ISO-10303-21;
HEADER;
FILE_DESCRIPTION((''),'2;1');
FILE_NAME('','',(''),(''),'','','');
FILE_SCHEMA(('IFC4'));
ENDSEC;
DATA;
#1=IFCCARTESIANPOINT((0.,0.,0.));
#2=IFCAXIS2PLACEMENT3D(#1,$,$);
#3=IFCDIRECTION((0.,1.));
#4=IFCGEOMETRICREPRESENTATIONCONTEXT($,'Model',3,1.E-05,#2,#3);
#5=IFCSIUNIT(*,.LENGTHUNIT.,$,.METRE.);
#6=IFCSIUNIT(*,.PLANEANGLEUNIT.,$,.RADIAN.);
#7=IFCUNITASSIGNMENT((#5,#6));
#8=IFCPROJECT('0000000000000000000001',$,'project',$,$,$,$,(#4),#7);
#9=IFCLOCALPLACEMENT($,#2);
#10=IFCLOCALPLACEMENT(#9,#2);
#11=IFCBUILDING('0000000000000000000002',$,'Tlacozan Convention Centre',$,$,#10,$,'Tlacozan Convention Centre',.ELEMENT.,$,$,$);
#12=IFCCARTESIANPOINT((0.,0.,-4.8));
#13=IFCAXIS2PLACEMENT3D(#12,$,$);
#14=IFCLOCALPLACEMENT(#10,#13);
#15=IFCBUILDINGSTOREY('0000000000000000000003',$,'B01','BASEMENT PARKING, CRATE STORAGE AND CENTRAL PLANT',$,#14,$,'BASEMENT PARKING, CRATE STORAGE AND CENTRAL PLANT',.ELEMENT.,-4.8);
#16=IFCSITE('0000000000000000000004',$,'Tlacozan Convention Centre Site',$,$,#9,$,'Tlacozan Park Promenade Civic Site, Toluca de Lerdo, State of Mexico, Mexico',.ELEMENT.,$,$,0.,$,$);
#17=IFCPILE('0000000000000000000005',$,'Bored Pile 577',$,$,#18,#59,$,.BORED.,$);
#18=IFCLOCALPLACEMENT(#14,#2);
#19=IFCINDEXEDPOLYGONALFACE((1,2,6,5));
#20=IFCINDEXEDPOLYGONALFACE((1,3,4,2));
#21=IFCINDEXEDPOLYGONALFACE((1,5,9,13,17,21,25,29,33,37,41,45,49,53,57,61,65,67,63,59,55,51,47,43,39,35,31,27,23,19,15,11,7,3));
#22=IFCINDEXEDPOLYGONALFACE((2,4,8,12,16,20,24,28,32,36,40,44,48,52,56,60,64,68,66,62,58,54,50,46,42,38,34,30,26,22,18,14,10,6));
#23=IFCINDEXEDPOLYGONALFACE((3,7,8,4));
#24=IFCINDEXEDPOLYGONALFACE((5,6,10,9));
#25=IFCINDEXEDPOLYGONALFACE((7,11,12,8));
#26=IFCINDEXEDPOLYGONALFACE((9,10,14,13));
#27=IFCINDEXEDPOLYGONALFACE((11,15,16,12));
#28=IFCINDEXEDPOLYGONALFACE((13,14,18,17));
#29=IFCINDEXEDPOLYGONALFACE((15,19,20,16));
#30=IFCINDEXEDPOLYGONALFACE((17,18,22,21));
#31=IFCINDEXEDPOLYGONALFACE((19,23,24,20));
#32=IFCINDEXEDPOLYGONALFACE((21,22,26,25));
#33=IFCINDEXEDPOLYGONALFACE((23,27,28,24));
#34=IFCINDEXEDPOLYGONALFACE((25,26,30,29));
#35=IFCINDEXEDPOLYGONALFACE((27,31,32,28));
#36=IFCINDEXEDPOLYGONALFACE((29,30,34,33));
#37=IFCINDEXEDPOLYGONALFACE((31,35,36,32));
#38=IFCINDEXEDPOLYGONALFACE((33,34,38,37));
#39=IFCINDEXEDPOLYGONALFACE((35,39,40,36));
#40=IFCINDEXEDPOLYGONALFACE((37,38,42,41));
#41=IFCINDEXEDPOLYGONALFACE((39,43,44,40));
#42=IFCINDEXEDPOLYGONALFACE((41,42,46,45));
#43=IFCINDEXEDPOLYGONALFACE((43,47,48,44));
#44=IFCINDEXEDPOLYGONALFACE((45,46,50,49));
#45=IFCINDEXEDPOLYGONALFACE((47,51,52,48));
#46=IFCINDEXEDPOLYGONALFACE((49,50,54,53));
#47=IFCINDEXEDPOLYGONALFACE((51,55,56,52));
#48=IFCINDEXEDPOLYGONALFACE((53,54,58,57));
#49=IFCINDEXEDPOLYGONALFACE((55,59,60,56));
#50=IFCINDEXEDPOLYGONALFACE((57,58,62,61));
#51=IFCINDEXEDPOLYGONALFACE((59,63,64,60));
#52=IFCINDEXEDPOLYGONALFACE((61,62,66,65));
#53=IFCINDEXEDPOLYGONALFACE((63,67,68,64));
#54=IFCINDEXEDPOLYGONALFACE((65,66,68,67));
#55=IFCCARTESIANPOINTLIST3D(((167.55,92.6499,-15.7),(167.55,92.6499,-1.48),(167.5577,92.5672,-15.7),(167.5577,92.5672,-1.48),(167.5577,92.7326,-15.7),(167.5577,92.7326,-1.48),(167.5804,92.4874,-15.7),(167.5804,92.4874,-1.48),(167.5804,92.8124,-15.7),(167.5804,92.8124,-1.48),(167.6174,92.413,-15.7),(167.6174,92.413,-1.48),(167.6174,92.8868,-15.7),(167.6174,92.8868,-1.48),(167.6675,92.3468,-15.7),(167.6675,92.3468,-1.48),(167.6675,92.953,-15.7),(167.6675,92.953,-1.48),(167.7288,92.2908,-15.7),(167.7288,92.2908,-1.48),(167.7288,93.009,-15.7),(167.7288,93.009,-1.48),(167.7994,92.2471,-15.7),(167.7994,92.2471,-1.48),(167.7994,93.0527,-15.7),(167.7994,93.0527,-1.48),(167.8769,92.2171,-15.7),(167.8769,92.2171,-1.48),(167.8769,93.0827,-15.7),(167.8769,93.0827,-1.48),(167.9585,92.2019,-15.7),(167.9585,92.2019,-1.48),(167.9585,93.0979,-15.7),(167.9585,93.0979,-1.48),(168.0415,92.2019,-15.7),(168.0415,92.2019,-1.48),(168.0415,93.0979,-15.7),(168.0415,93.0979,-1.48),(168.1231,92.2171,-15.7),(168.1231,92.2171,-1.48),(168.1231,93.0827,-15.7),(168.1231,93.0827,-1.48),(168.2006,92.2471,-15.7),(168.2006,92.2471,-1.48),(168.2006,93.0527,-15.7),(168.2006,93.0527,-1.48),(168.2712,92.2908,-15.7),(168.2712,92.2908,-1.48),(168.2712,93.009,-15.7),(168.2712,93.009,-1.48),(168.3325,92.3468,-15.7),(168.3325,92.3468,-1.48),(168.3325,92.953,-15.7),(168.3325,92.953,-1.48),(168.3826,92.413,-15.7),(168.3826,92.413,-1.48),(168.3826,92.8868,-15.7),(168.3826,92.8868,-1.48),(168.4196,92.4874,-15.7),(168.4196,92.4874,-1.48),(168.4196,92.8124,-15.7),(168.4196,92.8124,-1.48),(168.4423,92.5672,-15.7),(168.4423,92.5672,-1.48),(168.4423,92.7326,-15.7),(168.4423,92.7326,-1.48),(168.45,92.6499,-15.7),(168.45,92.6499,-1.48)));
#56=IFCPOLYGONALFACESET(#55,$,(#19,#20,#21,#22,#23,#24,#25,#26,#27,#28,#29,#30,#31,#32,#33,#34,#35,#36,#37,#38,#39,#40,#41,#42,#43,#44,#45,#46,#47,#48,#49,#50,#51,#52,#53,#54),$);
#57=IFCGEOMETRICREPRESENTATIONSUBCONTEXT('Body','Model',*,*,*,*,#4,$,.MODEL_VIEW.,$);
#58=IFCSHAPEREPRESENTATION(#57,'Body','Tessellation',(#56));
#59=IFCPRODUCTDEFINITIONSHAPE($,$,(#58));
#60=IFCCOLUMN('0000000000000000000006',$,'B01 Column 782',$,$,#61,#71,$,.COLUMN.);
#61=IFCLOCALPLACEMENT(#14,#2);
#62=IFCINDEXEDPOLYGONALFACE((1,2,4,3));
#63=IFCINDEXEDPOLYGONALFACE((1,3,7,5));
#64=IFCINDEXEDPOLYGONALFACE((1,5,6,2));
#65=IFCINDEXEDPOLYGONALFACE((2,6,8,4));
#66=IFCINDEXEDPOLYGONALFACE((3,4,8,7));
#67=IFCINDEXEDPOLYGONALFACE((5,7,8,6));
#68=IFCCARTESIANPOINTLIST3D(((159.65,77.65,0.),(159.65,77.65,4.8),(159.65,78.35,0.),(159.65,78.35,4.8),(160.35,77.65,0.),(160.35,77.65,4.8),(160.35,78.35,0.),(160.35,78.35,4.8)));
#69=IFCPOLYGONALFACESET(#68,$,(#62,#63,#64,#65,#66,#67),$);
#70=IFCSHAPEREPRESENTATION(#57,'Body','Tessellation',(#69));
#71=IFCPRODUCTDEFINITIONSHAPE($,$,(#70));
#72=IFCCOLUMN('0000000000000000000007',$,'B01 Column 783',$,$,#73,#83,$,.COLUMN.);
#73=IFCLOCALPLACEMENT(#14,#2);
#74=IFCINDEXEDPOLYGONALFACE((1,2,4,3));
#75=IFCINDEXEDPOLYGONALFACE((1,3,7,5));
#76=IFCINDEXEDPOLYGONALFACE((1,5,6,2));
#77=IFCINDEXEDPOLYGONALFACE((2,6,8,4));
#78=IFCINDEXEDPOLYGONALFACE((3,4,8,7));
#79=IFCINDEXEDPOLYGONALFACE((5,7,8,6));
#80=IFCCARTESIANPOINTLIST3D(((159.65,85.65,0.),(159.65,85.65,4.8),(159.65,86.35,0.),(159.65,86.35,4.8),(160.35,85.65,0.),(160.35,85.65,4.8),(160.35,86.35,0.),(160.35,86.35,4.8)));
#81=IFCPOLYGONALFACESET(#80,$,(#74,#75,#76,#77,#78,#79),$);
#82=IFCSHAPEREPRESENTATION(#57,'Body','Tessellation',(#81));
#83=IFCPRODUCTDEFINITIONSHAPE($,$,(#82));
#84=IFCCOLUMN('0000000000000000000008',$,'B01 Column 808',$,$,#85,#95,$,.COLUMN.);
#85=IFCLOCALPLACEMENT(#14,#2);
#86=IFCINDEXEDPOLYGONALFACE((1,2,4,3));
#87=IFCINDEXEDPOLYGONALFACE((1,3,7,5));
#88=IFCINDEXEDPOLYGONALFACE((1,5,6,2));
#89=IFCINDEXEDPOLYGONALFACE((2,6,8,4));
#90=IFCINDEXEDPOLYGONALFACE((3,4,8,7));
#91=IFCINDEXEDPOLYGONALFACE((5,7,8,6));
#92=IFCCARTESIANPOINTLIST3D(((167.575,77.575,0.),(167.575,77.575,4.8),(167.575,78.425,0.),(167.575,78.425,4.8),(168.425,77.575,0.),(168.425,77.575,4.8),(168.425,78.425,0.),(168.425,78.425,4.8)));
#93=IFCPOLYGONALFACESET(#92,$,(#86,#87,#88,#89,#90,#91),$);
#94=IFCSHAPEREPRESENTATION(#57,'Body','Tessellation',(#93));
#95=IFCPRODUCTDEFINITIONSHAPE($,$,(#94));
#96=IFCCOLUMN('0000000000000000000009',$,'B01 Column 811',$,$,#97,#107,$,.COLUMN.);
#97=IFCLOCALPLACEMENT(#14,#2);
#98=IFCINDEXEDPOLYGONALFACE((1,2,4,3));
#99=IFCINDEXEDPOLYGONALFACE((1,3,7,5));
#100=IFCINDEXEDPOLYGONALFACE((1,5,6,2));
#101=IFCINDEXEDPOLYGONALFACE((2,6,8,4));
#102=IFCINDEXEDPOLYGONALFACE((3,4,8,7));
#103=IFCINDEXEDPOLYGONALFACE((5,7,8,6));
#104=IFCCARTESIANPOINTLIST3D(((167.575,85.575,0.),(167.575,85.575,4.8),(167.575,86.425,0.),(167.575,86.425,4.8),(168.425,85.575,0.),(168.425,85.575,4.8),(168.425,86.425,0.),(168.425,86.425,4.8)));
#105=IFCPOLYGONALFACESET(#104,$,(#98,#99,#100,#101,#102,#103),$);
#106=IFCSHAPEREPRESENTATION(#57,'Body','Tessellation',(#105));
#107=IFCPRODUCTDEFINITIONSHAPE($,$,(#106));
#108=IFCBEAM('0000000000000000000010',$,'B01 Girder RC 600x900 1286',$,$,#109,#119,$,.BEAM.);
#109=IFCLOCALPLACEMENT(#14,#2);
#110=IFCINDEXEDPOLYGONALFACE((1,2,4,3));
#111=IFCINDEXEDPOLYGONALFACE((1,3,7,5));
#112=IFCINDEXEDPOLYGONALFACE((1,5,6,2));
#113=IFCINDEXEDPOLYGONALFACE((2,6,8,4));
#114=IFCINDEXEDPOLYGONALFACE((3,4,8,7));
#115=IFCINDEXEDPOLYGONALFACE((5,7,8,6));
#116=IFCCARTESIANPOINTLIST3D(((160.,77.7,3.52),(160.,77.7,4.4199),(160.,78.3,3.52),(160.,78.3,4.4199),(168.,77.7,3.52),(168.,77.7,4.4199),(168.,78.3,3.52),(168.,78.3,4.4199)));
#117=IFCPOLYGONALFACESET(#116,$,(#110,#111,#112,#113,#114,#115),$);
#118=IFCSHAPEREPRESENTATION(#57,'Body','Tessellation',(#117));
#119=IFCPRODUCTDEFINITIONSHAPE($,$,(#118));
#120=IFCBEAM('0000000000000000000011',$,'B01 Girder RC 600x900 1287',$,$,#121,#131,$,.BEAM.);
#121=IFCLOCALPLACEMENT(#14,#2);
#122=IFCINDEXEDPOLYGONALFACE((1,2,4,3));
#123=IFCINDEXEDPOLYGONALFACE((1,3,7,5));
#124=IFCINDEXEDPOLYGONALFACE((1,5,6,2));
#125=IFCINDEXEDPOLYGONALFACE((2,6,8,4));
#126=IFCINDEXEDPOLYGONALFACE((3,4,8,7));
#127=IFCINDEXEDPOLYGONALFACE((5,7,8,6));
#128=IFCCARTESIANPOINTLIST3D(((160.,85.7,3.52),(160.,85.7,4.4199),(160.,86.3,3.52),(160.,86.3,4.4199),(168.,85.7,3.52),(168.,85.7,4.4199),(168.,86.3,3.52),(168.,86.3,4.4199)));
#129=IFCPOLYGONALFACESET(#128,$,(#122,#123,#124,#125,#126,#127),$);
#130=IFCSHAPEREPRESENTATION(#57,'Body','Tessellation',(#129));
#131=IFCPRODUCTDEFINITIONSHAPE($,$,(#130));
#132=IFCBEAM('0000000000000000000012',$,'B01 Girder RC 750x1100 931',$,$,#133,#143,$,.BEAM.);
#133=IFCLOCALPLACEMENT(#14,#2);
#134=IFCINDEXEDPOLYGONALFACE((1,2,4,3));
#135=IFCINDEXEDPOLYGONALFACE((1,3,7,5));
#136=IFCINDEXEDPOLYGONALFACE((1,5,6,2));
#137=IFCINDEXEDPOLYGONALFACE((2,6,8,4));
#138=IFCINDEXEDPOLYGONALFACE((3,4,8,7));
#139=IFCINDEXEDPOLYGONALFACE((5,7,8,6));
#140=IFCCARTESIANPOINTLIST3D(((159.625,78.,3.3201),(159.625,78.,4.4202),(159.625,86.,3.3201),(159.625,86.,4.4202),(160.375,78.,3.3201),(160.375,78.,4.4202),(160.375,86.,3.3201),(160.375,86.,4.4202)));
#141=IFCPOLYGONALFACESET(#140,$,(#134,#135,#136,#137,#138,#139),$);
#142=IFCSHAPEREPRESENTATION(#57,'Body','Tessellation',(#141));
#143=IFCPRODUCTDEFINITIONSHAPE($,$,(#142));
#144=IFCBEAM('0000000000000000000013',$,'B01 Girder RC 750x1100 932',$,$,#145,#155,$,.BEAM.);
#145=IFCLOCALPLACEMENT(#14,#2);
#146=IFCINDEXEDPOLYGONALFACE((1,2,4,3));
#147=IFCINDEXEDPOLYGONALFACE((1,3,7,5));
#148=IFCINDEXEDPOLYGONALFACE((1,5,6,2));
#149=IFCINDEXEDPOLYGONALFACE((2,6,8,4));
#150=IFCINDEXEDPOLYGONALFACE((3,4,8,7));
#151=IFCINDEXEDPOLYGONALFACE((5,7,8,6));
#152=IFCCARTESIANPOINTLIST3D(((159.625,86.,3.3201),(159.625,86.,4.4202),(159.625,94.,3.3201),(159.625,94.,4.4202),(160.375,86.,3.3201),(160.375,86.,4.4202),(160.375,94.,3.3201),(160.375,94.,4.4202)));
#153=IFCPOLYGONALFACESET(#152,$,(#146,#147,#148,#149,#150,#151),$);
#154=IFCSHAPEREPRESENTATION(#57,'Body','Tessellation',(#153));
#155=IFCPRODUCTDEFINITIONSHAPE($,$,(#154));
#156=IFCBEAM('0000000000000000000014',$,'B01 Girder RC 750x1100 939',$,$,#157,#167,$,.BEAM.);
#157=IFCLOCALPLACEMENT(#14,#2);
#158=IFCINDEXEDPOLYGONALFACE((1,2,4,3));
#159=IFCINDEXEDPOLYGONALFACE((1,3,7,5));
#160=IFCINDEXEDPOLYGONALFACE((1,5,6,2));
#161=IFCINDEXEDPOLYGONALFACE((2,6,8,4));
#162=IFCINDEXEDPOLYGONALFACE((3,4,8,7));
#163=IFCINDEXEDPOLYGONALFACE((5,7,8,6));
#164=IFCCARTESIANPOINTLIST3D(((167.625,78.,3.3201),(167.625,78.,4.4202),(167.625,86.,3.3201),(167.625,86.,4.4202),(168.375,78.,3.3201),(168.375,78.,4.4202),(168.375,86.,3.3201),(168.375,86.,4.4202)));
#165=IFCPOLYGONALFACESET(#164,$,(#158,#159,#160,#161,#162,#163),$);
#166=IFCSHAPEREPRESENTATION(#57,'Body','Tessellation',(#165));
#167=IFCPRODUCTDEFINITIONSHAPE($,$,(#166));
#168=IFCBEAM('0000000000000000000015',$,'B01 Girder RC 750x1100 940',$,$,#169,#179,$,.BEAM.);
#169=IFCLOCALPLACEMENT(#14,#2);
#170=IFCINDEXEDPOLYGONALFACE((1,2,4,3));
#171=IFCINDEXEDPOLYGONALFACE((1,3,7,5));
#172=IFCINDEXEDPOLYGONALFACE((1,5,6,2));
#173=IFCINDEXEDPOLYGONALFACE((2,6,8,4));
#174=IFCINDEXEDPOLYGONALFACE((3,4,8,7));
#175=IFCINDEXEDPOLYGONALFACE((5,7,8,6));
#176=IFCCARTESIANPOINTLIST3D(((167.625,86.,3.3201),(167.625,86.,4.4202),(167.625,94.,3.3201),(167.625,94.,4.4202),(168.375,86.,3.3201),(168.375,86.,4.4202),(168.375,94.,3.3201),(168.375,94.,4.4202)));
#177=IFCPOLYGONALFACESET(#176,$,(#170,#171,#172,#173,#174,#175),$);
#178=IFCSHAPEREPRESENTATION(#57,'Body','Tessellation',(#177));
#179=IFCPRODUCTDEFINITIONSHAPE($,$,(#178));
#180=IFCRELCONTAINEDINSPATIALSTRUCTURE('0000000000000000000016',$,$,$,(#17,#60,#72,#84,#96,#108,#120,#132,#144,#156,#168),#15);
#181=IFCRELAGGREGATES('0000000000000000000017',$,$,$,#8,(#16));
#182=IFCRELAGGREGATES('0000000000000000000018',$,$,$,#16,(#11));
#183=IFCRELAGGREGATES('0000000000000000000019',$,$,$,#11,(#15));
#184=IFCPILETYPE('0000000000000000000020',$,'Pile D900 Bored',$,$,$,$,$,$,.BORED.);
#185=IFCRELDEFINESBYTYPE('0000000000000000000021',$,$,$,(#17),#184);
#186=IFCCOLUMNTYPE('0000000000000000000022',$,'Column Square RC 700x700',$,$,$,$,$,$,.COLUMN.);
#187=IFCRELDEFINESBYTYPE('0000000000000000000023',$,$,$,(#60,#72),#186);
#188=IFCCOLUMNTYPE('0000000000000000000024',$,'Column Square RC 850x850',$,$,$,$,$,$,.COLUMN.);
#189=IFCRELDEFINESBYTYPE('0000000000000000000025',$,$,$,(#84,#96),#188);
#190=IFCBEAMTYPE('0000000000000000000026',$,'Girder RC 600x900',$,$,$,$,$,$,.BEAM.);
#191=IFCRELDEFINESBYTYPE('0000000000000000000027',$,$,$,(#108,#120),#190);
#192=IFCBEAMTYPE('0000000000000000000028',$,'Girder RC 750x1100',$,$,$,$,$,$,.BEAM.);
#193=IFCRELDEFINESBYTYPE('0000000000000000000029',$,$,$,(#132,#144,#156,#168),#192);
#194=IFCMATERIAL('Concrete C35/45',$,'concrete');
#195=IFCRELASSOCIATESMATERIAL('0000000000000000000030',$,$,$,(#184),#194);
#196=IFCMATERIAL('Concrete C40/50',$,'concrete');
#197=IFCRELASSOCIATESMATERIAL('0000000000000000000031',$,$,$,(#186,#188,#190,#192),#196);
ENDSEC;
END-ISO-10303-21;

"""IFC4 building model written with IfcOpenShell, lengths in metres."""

from ifc_helpers import new_model, si_unit, direction, frame, origin, origin_2d, place, context, subcontext, project, spatial, rectangle, circle, extrude, material, material_profile, profile_set, type_object, element, save


model = new_model("IFC4")

# Units and contexts
model_context = context("Model", 3, precision=1e-05, world=origin(), true_north=direction((0.0, 1.0)))
body_context = subcontext(model_context, "Body", "Model", "MODEL_VIEW")
ifc_project = project(units=[si_unit("LENGTHUNIT", "METRE"), si_unit("PLANEANGLEUNIT", "RADIAN")], contexts=[model_context])

# Site, building, storey
site_placement = place(None, origin())
site = spatial("IfcSite", under=ifc_project, at=site_placement, Name="Tlacozan Convention Centre Site", LongName="Tlacozan Park Promenade Civic Site, Toluca de Lerdo, State of Mexico, Mexico", CompositionType="ELEMENT", RefElevation=0.0)
building_placement = place(site_placement, origin())
building = spatial("IfcBuilding", under=site, at=building_placement, Name="Tlacozan Convention Centre", LongName="Tlacozan Convention Centre", CompositionType="ELEMENT")
storey_placement = place(building_placement, frame((0.0, 0.0, -4.8)))
storey = spatial("IfcBuildingStorey", under=building, at=storey_placement, Name="B01", Description="BASEMENT PARKING, CRATE STORAGE AND CENTRAL PLANT", LongName="BASEMENT PARKING, CRATE STORAGE AND CENTRAL PLANT", CompositionType="ELEMENT", Elevation=-4.8)

# Shared definitions
ifc_material_1 = material(Name="Concrete C35/45", Category="concrete")

# Pile
ifc_material_profile_1 = material_profile(ifc_material_1, circle(Radius=0.45, at=origin_2d()), Name="PILE D900")
ifc_profile_set_1 = profile_set([ifc_material_profile_1], Name="Concrete C35/45")
pile_type_1 = type_object("IfcPileType", Name="Pile D900 Bored", PredefinedType="BORED", material=ifc_profile_set_1)
for number, where, z_axis, x_axis, name in (
    (1, (168.0, 92.6499, -1.48), (0.0, 0.0, -1.0), (1.0, 0.0, 0.0), "Bored Pile 577"),
):
    element("IfcPile", number, at=place(storey_placement, frame(where, z_axis=z_axis, x_axis=x_axis)), inside=storey, type_object=pile_type_1, Name=name, PredefinedType="BORED", context=body_context, shape_type="SweptSolid", body=[
        extrude(circle(Radius=0.45, at=origin_2d()), origin(), (0.0, 0.0, 1.0), 14.22),
    ])

# Columns
ifc_material_2 = material(Name="Concrete C40/50", Category="concrete")
ifc_material_profile_2 = material_profile(ifc_material_2, rectangle(XDim=0.7, YDim=0.7, at=origin_2d()), Name="RC 700x700")
ifc_profile_set_2 = profile_set([ifc_material_profile_2], Name="Concrete C40/50")
column_type_1 = type_object("IfcColumnType", Name="Column Square RC 700x700", PredefinedType="COLUMN", material=ifc_profile_set_2)
for number, where, z_axis, x_axis, name in (
    (2, (160.0, 78.0, 0.0), (0.0, 0.0, 1.0), (1.0, 0.0, 0.0), "B01 Column 782"),
    (3, (160.0, 86.0, 0.0), (0.0, 0.0, 1.0), (1.0, 0.0, 0.0), "B01 Column 783"),
):
    element("IfcColumn", number, at=place(storey_placement, frame(where, z_axis=z_axis, x_axis=x_axis)), inside=storey, type_object=column_type_1, Name=name, PredefinedType="COLUMN", context=body_context, shape_type="SweptSolid", body=[
        extrude(rectangle(XDim=0.7, YDim=0.7, at=origin_2d()), origin(), (0.0, 0.0, 1.0), 4.8),
    ])
ifc_material_profile_3 = material_profile(ifc_material_2, rectangle(XDim=0.8501, YDim=0.8501, at=origin_2d()), Name="RC 850x850")
ifc_profile_set_3 = profile_set([ifc_material_profile_3], Name="Concrete C40/50")
column_type_2 = type_object("IfcColumnType", Name="Column Square RC 850x850", PredefinedType="COLUMN", material=ifc_profile_set_3)
for number, where, z_axis, x_axis, name in (
    (4, (168.0, 78.0, 0.0), (0.0, 0.0, 1.0), (1.0, 0.0, 0.0), "B01 Column 808"),
    (5, (168.0, 86.0, 0.0), (0.0, 0.0, 1.0), (1.0, 0.0, 0.0), "B01 Column 811"),
):
    element("IfcColumn", number, at=place(storey_placement, frame(where, z_axis=z_axis, x_axis=x_axis)), inside=storey, type_object=column_type_2, Name=name, PredefinedType="COLUMN", context=body_context, shape_type="SweptSolid", body=[
        extrude(rectangle(XDim=0.8501, YDim=0.8501, at=origin_2d()), origin(), (0.0, 0.0, 1.0), 4.8),
    ])

# Beams
ifc_material_profile_4 = material_profile(ifc_material_2, rectangle(XDim=0.6001, YDim=0.8999, at=origin_2d()), Name="RC 600x900")
ifc_profile_set_4 = profile_set([ifc_material_profile_4], Name="Concrete C40/50")
beam_type_1 = type_object("IfcBeamType", Name="Girder RC 600x900", PredefinedType="BEAM", material=ifc_profile_set_4)
for number, where, z_axis, x_axis, name in (
    (6, (160.0, 78.0, 3.97), (1.0, 0.0, 0.0), (0.0, 1.0, 0.0), "B01 Girder RC 600x900 1286"),
    (7, (160.0, 86.0, 3.97), (1.0, 0.0, 0.0), (0.0, 1.0, 0.0), "B01 Girder RC 600x900 1287"),
):
    element("IfcBeam", number, at=place(storey_placement, frame(where, z_axis=z_axis, x_axis=x_axis)), inside=storey, type_object=beam_type_1, Name=name, PredefinedType="BEAM", context=body_context, shape_type="SweptSolid", body=[
        extrude(rectangle(XDim=0.6001, YDim=0.8999, at=origin_2d()), origin(), (0.0, 0.0, 1.0), 8.0),
    ])
ifc_material_profile_5 = material_profile(ifc_material_2, rectangle(XDim=0.75, YDim=1.1001, at=origin_2d()), Name="RC 750x1100")
ifc_profile_set_5 = profile_set([ifc_material_profile_5], Name="Concrete C40/50")
beam_type_2 = type_object("IfcBeamType", Name="Girder RC 750x1100", PredefinedType="BEAM", material=ifc_profile_set_5)
for number, where, z_axis, x_axis, name in (
    (8, (160.0, 78.0, 3.8701), (0.0, 1.0, 0.0), (-1.0, 0.0, 0.0), "B01 Girder RC 750x1100 931"),
    (9, (160.0, 86.0, 3.8701), (0.0, 1.0, 0.0), (-1.0, 0.0, 0.0), "B01 Girder RC 750x1100 932"),
    (10, (168.0, 78.0, 3.8701), (0.0, 1.0, 0.0), (-1.0, 0.0, 0.0), "B01 Girder RC 750x1100 939"),
    (11, (168.0, 86.0, 3.8701), (0.0, 1.0, 0.0), (-1.0, 0.0, 0.0), "B01 Girder RC 750x1100 940"),
):
    element("IfcBeam", number, at=place(storey_placement, frame(where, z_axis=z_axis, x_axis=x_axis)), inside=storey, type_object=beam_type_2, Name=name, PredefinedType="BEAM", context=body_context, shape_type="SweptSolid", body=[
        extrude(rectangle(XDim=0.75, YDim=1.1001, at=origin_2d()), origin(), (0.0, 0.0, 1.0), 8.0),
    ])

save(model, "model.ifc")
